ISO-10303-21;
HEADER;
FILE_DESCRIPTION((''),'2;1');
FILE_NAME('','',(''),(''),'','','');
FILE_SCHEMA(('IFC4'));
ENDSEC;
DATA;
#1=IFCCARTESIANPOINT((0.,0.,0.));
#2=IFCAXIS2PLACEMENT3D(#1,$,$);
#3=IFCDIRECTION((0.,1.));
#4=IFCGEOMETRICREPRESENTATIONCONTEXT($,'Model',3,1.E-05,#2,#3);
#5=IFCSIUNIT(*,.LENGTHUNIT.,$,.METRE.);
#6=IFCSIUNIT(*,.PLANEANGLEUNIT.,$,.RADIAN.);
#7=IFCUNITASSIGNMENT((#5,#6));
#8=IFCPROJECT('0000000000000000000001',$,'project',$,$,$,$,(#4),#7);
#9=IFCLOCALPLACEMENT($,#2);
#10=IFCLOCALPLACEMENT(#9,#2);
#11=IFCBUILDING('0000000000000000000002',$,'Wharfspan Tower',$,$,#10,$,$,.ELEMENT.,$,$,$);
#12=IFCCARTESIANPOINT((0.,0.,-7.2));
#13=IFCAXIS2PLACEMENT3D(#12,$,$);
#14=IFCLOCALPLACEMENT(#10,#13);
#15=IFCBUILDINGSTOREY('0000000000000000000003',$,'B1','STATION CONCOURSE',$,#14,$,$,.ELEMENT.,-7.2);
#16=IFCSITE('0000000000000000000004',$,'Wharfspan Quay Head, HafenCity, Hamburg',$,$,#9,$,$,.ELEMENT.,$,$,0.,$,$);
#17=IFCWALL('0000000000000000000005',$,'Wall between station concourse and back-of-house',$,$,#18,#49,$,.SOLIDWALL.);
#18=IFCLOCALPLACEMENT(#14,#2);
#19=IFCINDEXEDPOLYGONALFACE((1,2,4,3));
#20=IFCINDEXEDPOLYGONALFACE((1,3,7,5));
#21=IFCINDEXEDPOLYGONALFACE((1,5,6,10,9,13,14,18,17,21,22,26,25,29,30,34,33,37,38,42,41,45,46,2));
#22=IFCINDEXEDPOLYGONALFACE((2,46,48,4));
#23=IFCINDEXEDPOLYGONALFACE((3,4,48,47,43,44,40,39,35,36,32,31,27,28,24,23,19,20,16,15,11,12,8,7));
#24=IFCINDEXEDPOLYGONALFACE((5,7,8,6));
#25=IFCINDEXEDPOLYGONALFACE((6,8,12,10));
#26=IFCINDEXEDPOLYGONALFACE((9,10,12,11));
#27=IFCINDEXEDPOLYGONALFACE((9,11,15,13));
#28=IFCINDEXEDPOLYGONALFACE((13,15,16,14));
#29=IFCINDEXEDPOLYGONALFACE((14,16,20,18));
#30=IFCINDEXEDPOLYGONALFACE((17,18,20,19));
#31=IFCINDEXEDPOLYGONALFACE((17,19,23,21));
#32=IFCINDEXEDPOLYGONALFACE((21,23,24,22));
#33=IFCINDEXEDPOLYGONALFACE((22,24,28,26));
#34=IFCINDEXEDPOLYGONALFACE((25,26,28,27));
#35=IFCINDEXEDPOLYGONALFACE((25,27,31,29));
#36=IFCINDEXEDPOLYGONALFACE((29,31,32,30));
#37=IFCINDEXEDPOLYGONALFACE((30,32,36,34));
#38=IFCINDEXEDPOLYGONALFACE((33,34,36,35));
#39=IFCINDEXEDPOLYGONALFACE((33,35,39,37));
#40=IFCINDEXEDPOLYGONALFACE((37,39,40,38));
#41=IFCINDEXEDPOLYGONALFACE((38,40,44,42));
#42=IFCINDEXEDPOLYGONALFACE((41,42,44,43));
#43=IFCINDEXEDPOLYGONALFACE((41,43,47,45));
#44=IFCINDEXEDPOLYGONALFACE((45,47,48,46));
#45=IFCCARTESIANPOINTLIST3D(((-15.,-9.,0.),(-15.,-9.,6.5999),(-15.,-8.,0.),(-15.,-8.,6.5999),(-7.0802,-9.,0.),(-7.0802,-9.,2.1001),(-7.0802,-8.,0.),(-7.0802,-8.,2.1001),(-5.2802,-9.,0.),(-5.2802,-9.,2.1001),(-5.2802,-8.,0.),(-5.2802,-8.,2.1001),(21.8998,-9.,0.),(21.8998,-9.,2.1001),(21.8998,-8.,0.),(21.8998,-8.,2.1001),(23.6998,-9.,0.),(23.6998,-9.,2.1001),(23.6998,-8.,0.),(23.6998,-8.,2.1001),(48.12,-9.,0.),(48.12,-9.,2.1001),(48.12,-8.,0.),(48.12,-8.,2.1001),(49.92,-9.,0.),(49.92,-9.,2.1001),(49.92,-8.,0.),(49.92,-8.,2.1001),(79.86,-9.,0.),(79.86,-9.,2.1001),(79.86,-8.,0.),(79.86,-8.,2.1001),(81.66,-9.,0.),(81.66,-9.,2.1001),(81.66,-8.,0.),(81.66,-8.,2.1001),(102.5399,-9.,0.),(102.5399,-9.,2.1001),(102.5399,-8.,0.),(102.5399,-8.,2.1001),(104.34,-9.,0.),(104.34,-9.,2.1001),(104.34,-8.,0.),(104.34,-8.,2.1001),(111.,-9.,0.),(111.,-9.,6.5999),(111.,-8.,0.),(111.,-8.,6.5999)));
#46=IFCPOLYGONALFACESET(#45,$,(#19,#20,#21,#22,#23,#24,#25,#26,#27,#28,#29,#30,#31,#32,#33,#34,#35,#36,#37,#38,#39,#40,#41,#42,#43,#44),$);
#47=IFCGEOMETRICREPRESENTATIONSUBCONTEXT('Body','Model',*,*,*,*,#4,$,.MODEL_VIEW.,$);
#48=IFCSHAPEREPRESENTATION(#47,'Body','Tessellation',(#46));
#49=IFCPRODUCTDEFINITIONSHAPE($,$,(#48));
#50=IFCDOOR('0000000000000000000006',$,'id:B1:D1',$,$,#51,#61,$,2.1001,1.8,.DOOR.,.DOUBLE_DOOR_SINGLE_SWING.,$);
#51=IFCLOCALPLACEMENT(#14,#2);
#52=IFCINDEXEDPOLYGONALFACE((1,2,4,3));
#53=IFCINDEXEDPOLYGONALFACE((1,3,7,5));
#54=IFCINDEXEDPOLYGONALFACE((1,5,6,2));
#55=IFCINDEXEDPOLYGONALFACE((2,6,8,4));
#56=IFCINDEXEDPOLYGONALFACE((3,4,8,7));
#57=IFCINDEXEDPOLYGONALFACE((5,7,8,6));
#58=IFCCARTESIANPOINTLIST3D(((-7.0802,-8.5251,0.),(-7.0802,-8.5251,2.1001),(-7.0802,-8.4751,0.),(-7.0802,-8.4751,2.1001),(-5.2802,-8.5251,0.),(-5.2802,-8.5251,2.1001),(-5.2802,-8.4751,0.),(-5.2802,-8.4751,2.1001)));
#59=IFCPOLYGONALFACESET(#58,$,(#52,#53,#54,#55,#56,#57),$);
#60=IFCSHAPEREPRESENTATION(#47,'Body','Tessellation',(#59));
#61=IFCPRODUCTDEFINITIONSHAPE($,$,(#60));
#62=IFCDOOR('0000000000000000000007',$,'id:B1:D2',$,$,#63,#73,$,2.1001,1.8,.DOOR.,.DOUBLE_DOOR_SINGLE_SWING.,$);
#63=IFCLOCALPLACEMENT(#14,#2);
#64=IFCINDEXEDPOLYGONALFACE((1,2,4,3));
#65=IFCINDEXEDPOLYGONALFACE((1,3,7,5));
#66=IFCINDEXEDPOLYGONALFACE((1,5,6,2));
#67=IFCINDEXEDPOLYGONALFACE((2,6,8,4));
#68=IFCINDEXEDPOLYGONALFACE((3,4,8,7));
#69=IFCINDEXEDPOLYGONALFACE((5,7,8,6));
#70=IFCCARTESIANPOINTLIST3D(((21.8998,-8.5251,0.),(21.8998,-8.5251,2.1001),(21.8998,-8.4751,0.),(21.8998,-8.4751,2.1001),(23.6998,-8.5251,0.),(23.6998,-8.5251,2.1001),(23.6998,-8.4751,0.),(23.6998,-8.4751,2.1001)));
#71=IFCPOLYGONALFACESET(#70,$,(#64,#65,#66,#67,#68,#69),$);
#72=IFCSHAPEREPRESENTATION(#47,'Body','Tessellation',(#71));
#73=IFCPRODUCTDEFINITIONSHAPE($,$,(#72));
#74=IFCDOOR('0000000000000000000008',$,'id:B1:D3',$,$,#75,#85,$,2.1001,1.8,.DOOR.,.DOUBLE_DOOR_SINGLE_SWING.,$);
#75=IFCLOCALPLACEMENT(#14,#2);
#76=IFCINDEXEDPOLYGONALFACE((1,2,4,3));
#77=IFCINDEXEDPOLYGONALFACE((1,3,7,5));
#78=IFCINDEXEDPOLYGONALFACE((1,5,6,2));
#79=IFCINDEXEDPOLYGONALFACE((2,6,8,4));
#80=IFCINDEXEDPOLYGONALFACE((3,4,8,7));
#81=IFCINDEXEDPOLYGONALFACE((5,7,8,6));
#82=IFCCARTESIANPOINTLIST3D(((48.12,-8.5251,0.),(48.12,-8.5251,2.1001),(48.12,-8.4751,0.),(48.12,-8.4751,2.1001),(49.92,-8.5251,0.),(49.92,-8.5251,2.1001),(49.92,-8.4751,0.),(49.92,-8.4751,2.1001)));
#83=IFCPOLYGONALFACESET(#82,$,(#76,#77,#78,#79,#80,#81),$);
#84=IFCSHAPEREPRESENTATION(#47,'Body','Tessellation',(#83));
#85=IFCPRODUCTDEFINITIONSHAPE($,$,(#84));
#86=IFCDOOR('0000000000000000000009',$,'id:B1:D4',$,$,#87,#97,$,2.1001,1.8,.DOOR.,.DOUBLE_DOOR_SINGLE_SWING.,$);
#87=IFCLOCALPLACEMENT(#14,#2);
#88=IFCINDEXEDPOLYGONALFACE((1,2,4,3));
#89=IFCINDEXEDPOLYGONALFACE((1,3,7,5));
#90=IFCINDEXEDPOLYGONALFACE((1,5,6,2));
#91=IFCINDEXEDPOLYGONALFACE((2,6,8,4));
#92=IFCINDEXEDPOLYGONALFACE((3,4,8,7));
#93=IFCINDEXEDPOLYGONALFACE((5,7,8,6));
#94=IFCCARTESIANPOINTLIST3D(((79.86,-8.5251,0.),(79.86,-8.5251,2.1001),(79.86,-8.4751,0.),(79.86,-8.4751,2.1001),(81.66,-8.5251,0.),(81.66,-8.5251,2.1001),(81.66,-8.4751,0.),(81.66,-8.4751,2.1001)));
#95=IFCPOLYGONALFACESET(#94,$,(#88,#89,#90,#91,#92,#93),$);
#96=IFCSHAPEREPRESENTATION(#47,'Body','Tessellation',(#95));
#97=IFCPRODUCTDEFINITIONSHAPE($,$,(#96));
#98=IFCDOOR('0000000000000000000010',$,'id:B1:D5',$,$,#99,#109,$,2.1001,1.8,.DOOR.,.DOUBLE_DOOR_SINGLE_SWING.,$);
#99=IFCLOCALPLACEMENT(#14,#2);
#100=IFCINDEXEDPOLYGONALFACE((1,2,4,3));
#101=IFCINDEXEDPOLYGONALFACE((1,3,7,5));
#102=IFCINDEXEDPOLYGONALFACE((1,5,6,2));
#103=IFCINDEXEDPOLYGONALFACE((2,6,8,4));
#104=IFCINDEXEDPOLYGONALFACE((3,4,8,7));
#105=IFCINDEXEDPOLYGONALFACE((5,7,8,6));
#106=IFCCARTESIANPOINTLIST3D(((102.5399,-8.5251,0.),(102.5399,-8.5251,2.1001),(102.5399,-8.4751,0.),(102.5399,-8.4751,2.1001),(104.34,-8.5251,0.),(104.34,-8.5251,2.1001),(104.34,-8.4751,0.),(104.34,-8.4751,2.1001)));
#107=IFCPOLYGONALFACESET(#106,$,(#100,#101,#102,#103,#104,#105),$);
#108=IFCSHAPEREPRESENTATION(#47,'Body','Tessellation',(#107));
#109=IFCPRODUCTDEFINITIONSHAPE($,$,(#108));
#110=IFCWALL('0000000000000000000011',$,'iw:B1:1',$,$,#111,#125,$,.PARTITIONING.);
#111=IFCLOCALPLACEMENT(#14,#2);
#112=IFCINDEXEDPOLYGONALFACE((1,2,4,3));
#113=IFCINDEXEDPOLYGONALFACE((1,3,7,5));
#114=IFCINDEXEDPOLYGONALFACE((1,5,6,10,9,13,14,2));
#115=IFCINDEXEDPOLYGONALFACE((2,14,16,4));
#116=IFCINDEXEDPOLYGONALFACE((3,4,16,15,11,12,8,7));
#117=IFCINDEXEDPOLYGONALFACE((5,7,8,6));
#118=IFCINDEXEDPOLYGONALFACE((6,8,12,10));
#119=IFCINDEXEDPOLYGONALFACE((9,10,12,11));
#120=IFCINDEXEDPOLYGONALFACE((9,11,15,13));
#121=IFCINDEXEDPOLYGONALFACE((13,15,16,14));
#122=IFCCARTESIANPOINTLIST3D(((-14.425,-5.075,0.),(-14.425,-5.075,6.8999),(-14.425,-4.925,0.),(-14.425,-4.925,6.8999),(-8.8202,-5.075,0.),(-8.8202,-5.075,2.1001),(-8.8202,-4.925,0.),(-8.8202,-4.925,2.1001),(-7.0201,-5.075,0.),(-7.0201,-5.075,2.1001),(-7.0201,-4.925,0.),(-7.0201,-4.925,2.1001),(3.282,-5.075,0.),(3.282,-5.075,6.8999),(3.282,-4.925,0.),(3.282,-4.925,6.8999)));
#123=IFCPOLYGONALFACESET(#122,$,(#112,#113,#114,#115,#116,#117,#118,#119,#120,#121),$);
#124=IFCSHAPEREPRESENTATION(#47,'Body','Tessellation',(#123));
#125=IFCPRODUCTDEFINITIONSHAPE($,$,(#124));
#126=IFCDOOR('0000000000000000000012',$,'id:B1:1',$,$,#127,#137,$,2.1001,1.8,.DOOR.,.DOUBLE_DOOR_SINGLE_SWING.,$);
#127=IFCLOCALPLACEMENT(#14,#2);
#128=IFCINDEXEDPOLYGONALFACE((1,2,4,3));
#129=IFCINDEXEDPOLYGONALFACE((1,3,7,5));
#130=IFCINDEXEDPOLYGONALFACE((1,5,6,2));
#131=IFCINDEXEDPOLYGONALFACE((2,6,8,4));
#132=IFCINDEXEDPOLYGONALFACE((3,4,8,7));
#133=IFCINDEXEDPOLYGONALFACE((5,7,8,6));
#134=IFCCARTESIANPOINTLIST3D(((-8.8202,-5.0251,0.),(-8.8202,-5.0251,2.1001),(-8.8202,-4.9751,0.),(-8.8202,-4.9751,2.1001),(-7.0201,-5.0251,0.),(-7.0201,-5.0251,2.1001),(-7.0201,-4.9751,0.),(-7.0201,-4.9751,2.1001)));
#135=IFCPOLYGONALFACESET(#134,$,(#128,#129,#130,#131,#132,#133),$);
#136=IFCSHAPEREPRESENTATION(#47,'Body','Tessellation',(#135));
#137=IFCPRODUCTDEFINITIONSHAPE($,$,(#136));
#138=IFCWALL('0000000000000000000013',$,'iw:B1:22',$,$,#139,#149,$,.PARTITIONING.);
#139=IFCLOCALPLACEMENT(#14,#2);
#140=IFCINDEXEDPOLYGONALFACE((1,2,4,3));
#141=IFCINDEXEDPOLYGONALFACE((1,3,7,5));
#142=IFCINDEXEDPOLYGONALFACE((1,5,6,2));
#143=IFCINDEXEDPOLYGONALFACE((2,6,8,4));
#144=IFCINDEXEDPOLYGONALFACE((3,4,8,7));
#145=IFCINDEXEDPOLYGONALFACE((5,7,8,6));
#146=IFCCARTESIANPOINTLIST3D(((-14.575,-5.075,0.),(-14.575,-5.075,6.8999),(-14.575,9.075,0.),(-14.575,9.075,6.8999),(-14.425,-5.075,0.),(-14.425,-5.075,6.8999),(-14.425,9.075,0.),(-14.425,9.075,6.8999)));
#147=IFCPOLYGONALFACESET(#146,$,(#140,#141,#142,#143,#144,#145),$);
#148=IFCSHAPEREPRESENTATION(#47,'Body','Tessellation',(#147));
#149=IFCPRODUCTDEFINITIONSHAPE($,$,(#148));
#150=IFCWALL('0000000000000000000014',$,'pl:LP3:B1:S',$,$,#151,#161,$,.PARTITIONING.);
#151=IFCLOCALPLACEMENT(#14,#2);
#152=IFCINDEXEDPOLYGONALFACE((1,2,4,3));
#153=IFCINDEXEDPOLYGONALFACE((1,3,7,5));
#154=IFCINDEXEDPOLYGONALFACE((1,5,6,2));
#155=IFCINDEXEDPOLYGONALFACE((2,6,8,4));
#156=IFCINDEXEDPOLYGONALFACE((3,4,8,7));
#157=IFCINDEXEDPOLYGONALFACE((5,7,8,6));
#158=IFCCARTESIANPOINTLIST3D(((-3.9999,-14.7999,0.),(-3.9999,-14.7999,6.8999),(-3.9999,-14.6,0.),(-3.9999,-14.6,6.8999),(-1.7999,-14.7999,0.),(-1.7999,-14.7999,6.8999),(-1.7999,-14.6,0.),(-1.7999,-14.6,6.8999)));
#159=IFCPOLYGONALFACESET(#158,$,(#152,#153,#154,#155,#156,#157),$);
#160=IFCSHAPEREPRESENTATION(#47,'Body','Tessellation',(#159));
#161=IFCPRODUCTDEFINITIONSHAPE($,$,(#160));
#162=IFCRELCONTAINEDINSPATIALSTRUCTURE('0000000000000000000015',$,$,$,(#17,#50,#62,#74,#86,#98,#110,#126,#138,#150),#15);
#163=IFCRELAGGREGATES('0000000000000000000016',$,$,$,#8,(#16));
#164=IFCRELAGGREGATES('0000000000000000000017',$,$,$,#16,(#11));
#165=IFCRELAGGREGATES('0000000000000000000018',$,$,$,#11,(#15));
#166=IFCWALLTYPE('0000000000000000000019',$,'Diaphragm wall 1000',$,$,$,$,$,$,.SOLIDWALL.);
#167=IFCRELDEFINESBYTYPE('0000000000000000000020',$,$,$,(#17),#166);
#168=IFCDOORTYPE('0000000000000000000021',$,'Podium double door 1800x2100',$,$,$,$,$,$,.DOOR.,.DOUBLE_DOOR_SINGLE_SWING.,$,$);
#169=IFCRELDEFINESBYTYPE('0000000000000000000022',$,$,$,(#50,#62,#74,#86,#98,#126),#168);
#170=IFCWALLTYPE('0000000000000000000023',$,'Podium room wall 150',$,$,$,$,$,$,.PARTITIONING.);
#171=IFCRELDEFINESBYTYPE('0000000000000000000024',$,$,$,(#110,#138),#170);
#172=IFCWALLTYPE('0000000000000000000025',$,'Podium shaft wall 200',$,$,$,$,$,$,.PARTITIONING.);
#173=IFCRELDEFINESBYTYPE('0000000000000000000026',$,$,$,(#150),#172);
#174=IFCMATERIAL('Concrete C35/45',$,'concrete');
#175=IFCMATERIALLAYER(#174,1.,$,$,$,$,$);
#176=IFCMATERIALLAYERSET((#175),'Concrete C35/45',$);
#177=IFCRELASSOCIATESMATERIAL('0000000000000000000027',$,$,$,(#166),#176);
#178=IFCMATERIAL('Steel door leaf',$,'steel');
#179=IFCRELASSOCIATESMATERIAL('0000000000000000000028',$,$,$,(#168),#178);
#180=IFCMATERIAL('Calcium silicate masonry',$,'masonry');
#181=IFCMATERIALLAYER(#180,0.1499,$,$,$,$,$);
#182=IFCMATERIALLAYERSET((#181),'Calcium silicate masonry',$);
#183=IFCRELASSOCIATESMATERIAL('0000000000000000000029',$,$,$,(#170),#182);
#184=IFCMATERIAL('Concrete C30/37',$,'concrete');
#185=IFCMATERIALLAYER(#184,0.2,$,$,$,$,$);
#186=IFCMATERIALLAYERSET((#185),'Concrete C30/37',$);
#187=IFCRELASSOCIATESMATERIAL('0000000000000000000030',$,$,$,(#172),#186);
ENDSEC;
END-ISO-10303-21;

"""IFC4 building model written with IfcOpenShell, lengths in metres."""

from ifc_helpers import new_model, si_unit, direction, frame, frame_2d, origin, place, context, subcontext, project, spatial, rectangle, extrude, material, layer, layer_set, type_object, element, fill, save


model = new_model("IFC4")

# Units and contexts
model_context = context("Model", 3, precision=1e-05, world=origin(), true_north=direction((0.0, 1.0)))
body_context = subcontext(model_context, "Body", "Model", "MODEL_VIEW")
ifc_project = project(units=[si_unit("LENGTHUNIT", "METRE"), si_unit("PLANEANGLEUNIT", "RADIAN")], contexts=[model_context])

# Site, building, storey
site_placement = place(None, origin())
site = spatial("IfcSite", under=ifc_project, at=site_placement, Name="Wharfspan Quay Head, HafenCity, Hamburg", CompositionType="ELEMENT", RefElevation=0.0)
building_placement = place(site_placement, origin())
building = spatial("IfcBuilding", under=site, at=building_placement, Name="Wharfspan Tower", CompositionType="ELEMENT")
storey_placement = place(building_placement, frame((0.0, 0.0, -7.2)))
storey = spatial("IfcBuildingStorey", under=building, at=storey_placement, Name="B1", Description="STATION CONCOURSE", CompositionType="ELEMENT", Elevation=-7.2)

# Wall, openings, doors
ifc_material_1 = material(Name="Concrete C35/45", Category="concrete")
ifc_layer_1 = layer(ifc_material_1, 1.0)
ifc_layer_set_1 = layer_set([ifc_layer_1], Name="Concrete C35/45")
wall_type_1 = type_object("IfcWallType", Name="Diaphragm wall 1000", PredefinedType="SOLIDWALL", material=ifc_layer_set_1)
wall_1_placement = place(storey_placement, frame((-15.0, -8.5, 0.0), z_axis=(0.0, 0.0, 1.0), x_axis=(1.0, 0.0, 0.0)))
wall_1 = element("IfcWall", 1, at=wall_1_placement, inside=storey, type_object=wall_type_1, Name="Wall between station concourse and back-of-house", PredefinedType="SOLIDWALL", context=body_context, shape_type="SweptSolid", body=[
    extrude(rectangle(XDim=126.0, YDim=1.0, at=frame_2d((63.0, 0.0))), origin(), (0.0, 0.0, 1.0), 6.5999),
])
opening_1_placement = place(wall_1_placement, frame((7.9199, 0.0, 0.0)))
opening_1 = element("IfcOpeningElement", 2, at=opening_1_placement, cuts=wall_1, PredefinedType="OPENING", context=body_context, shape_type="SweptSolid", body=[
    extrude(rectangle(XDim=1.8, YDim=2.1001, at=frame_2d((0.8999, 1.05))), frame((0.0, 0.51, 0.0), z_axis=(0.0, -1.0, 0.0), x_axis=(1.0, 0.0, 0.0)), (0.0, 0.0, 1.0), 1.02),
])
opening_2_placement = place(wall_1_placement, frame((36.8999, 0.0, 0.0)))
opening_2 = element("IfcOpeningElement", 3, at=opening_2_placement, cuts=wall_1, PredefinedType="OPENING", context=body_context, shape_type="SweptSolid", body=[
    extrude(rectangle(XDim=1.8, YDim=2.1001, at=frame_2d((0.8999, 1.05))), frame((0.0, 0.51, 0.0), z_axis=(0.0, -1.0, 0.0), x_axis=(1.0, 0.0, 0.0)), (0.0, 0.0, 1.0), 1.02),
])
opening_3_placement = place(wall_1_placement, frame((63.1201, 0.0, 0.0)))
opening_3 = element("IfcOpeningElement", 4, at=opening_3_placement, cuts=wall_1, PredefinedType="OPENING", context=body_context, shape_type="SweptSolid", body=[
    extrude(rectangle(XDim=1.8, YDim=2.1001, at=frame_2d((0.8999, 1.05))), frame((0.0, 0.51, 0.0), z_axis=(0.0, -1.0, 0.0), x_axis=(1.0, 0.0, 0.0)), (0.0, 0.0, 1.0), 1.02),
])
opening_4_placement = place(wall_1_placement, frame((94.8601, 0.0, 0.0)))
opening_4 = element("IfcOpeningElement", 5, at=opening_4_placement, cuts=wall_1, PredefinedType="OPENING", context=body_context, shape_type="SweptSolid", body=[
    extrude(rectangle(XDim=1.8, YDim=2.1001, at=frame_2d((0.8999, 1.05))), frame((0.0, 0.51, 0.0), z_axis=(0.0, -1.0, 0.0), x_axis=(1.0, 0.0, 0.0)), (0.0, 0.0, 1.0), 1.02),
])
opening_5_placement = place(wall_1_placement, frame((117.54, 0.0, 0.0)))
opening_5 = element("IfcOpeningElement", 6, at=opening_5_placement, cuts=wall_1, PredefinedType="OPENING", context=body_context, shape_type="SweptSolid", body=[
    extrude(rectangle(XDim=1.8, YDim=2.1001, at=frame_2d((0.8999, 1.05))), frame((0.0, 0.51, 0.0), z_axis=(0.0, -1.0, 0.0), x_axis=(1.0, 0.0, 0.0)), (0.0, 0.0, 1.0), 1.02),
])
ifc_material_2 = material(Name="Steel door leaf", Category="steel")
door_type = type_object("IfcDoorType", Name="Podium double door 1800x2100", OperationType="DOUBLE_DOOR_SINGLE_SWING", PredefinedType="DOOR", material=ifc_material_2)
door_1_placement = place(opening_1_placement, origin())
door_1 = element("IfcDoor", 7, at=door_1_placement, inside=storey, type_object=door_type, Name="id:B1:D1", OperationType="DOUBLE_DOOR_SINGLE_SWING", OverallHeight=2.1001, OverallWidth=1.8, PredefinedType="DOOR", context=body_context, shape_type="SweptSolid", body=[
    extrude(rectangle(XDim=1.8, YDim=2.1001, at=frame_2d((0.8999, 1.05))), frame((0.0, 0.0249, 0.0), z_axis=(0.0, -1.0, 0.0), x_axis=(1.0, 0.0, 0.0)), (0.0, 0.0, 1.0), 0.05),
])
fill(opening_1, door_1)
door_2_placement = place(opening_2_placement, origin())
door_2 = element("IfcDoor", 8, at=door_2_placement, inside=storey, type_object=door_type, Name="id:B1:D2", OperationType="DOUBLE_DOOR_SINGLE_SWING", OverallHeight=2.1001, OverallWidth=1.8, PredefinedType="DOOR", context=body_context, shape_type="SweptSolid", body=[
    extrude(rectangle(XDim=1.8, YDim=2.1001, at=frame_2d((0.8999, 1.05))), frame((0.0, 0.0249, 0.0), z_axis=(0.0, -1.0, 0.0), x_axis=(1.0, 0.0, 0.0)), (0.0, 0.0, 1.0), 0.05),
])
fill(opening_2, door_2)
door_3_placement = place(opening_3_placement, origin())
door_3 = element("IfcDoor", 9, at=door_3_placement, inside=storey, type_object=door_type, Name="id:B1:D3", OperationType="DOUBLE_DOOR_SINGLE_SWING", OverallHeight=2.1001, OverallWidth=1.8, PredefinedType="DOOR", context=body_context, shape_type="SweptSolid", body=[
    extrude(rectangle(XDim=1.8, YDim=2.1001, at=frame_2d((0.8999, 1.05))), frame((0.0, 0.0249, 0.0), z_axis=(0.0, -1.0, 0.0), x_axis=(1.0, 0.0, 0.0)), (0.0, 0.0, 1.0), 0.05),
])
fill(opening_3, door_3)
door_4_placement = place(opening_4_placement, origin())
door_4 = element("IfcDoor", 10, at=door_4_placement, inside=storey, type_object=door_type, Name="id:B1:D4", OperationType="DOUBLE_DOOR_SINGLE_SWING", OverallHeight=2.1001, OverallWidth=1.8, PredefinedType="DOOR", context=body_context, shape_type="SweptSolid", body=[
    extrude(rectangle(XDim=1.8, YDim=2.1001, at=frame_2d((0.8999, 1.05))), frame((0.0, 0.0249, 0.0), z_axis=(0.0, -1.0, 0.0), x_axis=(1.0, 0.0, 0.0)), (0.0, 0.0, 1.0), 0.05),
])
fill(opening_4, door_4)
door_5_placement = place(opening_5_placement, origin())
door_5 = element("IfcDoor", 11, at=door_5_placement, inside=storey, type_object=door_type, Name="id:B1:D5", OperationType="DOUBLE_DOOR_SINGLE_SWING", OverallHeight=2.1001, OverallWidth=1.8, PredefinedType="DOOR", context=body_context, shape_type="SweptSolid", body=[
    extrude(rectangle(XDim=1.8, YDim=2.1001, at=frame_2d((0.8999, 1.05))), frame((0.0, 0.0249, 0.0), z_axis=(0.0, -1.0, 0.0), x_axis=(1.0, 0.0, 0.0)), (0.0, 0.0, 1.0), 0.05),
])
fill(opening_5, door_5)

# Wall, opening, door
ifc_material_3 = material(Name="Calcium silicate masonry", Category="masonry")
ifc_layer_2 = layer(ifc_material_3, 0.1499)
ifc_layer_set_2 = layer_set([ifc_layer_2], Name="Calcium silicate masonry")
wall_type_2 = type_object("IfcWallType", Name="Podium room wall 150", PredefinedType="PARTITIONING", material=ifc_layer_set_2)
wall_2_placement = place(storey_placement, frame((-14.425, -5.0, 0.0), z_axis=(0.0, 0.0, 1.0), x_axis=(1.0, 0.0, 0.0)))
wall_2 = element("IfcWall", 12, at=wall_2_placement, inside=storey, type_object=wall_type_2, Name="iw:B1:1", PredefinedType="PARTITIONING", context=body_context, shape_type="SweptSolid", body=[
    extrude(rectangle(XDim=17.707, YDim=0.1499, at=frame_2d((8.8535, 0.0))), origin(), (0.0, 0.0, 1.0), 6.8999),
])
opening_6_placement = place(wall_2_placement, frame((5.605, 0.0, 0.0)))
opening_6 = element("IfcOpeningElement", 13, at=opening_6_placement, cuts=wall_2, PredefinedType="OPENING", context=body_context, shape_type="SweptSolid", body=[
    extrude(rectangle(XDim=1.8, YDim=2.1001, at=frame_2d((0.8999, 1.05))), frame((0.0, 0.085, 0.0), z_axis=(0.0, -1.0, 0.0), x_axis=(1.0, 0.0, 0.0)), (0.0, 0.0, 1.0), 0.1699),
])
door_6_placement = place(opening_6_placement, origin())
door_6 = element("IfcDoor", 14, at=door_6_placement, inside=storey, type_object=door_type, Name="id:B1:1", OperationType="DOUBLE_DOOR_SINGLE_SWING", OverallHeight=2.1001, OverallWidth=1.8, PredefinedType="DOOR", context=body_context, shape_type="SweptSolid", body=[
    extrude(rectangle(XDim=1.8, YDim=2.1001, at=frame_2d((0.8999, 1.05))), frame((0.0, 0.0249, 0.0), z_axis=(0.0, -1.0, 0.0), x_axis=(1.0, 0.0, 0.0)), (0.0, 0.0, 1.0), 0.05),
])
fill(opening_6, door_6)

# Walls
wall_3_placement = place(storey_placement, frame((-14.5, -5.075, 0.0), z_axis=(0.0, 0.0, 1.0), x_axis=(0.0, 1.0, 0.0)))
element("IfcWall", 15, at=wall_3_placement, inside=storey, type_object=wall_type_2, Name="iw:B1:22", PredefinedType="PARTITIONING", context=body_context, shape_type="SweptSolid", body=[
    extrude(rectangle(XDim=14.1499, YDim=0.1499, at=frame_2d((7.075, 0.0))), origin(), (0.0, 0.0, 1.0), 6.8999),
])
ifc_material_4 = material(Name="Concrete C30/37", Category="concrete")
ifc_layer_3 = layer(ifc_material_4, 0.2)
ifc_layer_set_3 = layer_set([ifc_layer_3], Name="Concrete C30/37")
wall_type_3 = type_object("IfcWallType", Name="Podium shaft wall 200", PredefinedType="PARTITIONING", material=ifc_layer_set_3)
for number, where, z_axis, x_axis, name in (
    (16, (-4.0, -14.7, 0.0), (0.0, 0.0, 1.0), (1.0, 0.0, 0.0), "pl:LP3:B1:S"),
):
    element("IfcWall", number, at=place(storey_placement, frame(where, z_axis=z_axis, x_axis=x_axis)), inside=storey, type_object=wall_type_3, Name=name, PredefinedType="PARTITIONING", context=body_context, shape_type="SweptSolid", body=[
        extrude(rectangle(XDim=2.2, YDim=0.2, at=frame_2d((1.1001, 0.0))), origin(), (0.0, 0.0, 1.0), 6.8999),
    ])

save(model, "model.ifc")
